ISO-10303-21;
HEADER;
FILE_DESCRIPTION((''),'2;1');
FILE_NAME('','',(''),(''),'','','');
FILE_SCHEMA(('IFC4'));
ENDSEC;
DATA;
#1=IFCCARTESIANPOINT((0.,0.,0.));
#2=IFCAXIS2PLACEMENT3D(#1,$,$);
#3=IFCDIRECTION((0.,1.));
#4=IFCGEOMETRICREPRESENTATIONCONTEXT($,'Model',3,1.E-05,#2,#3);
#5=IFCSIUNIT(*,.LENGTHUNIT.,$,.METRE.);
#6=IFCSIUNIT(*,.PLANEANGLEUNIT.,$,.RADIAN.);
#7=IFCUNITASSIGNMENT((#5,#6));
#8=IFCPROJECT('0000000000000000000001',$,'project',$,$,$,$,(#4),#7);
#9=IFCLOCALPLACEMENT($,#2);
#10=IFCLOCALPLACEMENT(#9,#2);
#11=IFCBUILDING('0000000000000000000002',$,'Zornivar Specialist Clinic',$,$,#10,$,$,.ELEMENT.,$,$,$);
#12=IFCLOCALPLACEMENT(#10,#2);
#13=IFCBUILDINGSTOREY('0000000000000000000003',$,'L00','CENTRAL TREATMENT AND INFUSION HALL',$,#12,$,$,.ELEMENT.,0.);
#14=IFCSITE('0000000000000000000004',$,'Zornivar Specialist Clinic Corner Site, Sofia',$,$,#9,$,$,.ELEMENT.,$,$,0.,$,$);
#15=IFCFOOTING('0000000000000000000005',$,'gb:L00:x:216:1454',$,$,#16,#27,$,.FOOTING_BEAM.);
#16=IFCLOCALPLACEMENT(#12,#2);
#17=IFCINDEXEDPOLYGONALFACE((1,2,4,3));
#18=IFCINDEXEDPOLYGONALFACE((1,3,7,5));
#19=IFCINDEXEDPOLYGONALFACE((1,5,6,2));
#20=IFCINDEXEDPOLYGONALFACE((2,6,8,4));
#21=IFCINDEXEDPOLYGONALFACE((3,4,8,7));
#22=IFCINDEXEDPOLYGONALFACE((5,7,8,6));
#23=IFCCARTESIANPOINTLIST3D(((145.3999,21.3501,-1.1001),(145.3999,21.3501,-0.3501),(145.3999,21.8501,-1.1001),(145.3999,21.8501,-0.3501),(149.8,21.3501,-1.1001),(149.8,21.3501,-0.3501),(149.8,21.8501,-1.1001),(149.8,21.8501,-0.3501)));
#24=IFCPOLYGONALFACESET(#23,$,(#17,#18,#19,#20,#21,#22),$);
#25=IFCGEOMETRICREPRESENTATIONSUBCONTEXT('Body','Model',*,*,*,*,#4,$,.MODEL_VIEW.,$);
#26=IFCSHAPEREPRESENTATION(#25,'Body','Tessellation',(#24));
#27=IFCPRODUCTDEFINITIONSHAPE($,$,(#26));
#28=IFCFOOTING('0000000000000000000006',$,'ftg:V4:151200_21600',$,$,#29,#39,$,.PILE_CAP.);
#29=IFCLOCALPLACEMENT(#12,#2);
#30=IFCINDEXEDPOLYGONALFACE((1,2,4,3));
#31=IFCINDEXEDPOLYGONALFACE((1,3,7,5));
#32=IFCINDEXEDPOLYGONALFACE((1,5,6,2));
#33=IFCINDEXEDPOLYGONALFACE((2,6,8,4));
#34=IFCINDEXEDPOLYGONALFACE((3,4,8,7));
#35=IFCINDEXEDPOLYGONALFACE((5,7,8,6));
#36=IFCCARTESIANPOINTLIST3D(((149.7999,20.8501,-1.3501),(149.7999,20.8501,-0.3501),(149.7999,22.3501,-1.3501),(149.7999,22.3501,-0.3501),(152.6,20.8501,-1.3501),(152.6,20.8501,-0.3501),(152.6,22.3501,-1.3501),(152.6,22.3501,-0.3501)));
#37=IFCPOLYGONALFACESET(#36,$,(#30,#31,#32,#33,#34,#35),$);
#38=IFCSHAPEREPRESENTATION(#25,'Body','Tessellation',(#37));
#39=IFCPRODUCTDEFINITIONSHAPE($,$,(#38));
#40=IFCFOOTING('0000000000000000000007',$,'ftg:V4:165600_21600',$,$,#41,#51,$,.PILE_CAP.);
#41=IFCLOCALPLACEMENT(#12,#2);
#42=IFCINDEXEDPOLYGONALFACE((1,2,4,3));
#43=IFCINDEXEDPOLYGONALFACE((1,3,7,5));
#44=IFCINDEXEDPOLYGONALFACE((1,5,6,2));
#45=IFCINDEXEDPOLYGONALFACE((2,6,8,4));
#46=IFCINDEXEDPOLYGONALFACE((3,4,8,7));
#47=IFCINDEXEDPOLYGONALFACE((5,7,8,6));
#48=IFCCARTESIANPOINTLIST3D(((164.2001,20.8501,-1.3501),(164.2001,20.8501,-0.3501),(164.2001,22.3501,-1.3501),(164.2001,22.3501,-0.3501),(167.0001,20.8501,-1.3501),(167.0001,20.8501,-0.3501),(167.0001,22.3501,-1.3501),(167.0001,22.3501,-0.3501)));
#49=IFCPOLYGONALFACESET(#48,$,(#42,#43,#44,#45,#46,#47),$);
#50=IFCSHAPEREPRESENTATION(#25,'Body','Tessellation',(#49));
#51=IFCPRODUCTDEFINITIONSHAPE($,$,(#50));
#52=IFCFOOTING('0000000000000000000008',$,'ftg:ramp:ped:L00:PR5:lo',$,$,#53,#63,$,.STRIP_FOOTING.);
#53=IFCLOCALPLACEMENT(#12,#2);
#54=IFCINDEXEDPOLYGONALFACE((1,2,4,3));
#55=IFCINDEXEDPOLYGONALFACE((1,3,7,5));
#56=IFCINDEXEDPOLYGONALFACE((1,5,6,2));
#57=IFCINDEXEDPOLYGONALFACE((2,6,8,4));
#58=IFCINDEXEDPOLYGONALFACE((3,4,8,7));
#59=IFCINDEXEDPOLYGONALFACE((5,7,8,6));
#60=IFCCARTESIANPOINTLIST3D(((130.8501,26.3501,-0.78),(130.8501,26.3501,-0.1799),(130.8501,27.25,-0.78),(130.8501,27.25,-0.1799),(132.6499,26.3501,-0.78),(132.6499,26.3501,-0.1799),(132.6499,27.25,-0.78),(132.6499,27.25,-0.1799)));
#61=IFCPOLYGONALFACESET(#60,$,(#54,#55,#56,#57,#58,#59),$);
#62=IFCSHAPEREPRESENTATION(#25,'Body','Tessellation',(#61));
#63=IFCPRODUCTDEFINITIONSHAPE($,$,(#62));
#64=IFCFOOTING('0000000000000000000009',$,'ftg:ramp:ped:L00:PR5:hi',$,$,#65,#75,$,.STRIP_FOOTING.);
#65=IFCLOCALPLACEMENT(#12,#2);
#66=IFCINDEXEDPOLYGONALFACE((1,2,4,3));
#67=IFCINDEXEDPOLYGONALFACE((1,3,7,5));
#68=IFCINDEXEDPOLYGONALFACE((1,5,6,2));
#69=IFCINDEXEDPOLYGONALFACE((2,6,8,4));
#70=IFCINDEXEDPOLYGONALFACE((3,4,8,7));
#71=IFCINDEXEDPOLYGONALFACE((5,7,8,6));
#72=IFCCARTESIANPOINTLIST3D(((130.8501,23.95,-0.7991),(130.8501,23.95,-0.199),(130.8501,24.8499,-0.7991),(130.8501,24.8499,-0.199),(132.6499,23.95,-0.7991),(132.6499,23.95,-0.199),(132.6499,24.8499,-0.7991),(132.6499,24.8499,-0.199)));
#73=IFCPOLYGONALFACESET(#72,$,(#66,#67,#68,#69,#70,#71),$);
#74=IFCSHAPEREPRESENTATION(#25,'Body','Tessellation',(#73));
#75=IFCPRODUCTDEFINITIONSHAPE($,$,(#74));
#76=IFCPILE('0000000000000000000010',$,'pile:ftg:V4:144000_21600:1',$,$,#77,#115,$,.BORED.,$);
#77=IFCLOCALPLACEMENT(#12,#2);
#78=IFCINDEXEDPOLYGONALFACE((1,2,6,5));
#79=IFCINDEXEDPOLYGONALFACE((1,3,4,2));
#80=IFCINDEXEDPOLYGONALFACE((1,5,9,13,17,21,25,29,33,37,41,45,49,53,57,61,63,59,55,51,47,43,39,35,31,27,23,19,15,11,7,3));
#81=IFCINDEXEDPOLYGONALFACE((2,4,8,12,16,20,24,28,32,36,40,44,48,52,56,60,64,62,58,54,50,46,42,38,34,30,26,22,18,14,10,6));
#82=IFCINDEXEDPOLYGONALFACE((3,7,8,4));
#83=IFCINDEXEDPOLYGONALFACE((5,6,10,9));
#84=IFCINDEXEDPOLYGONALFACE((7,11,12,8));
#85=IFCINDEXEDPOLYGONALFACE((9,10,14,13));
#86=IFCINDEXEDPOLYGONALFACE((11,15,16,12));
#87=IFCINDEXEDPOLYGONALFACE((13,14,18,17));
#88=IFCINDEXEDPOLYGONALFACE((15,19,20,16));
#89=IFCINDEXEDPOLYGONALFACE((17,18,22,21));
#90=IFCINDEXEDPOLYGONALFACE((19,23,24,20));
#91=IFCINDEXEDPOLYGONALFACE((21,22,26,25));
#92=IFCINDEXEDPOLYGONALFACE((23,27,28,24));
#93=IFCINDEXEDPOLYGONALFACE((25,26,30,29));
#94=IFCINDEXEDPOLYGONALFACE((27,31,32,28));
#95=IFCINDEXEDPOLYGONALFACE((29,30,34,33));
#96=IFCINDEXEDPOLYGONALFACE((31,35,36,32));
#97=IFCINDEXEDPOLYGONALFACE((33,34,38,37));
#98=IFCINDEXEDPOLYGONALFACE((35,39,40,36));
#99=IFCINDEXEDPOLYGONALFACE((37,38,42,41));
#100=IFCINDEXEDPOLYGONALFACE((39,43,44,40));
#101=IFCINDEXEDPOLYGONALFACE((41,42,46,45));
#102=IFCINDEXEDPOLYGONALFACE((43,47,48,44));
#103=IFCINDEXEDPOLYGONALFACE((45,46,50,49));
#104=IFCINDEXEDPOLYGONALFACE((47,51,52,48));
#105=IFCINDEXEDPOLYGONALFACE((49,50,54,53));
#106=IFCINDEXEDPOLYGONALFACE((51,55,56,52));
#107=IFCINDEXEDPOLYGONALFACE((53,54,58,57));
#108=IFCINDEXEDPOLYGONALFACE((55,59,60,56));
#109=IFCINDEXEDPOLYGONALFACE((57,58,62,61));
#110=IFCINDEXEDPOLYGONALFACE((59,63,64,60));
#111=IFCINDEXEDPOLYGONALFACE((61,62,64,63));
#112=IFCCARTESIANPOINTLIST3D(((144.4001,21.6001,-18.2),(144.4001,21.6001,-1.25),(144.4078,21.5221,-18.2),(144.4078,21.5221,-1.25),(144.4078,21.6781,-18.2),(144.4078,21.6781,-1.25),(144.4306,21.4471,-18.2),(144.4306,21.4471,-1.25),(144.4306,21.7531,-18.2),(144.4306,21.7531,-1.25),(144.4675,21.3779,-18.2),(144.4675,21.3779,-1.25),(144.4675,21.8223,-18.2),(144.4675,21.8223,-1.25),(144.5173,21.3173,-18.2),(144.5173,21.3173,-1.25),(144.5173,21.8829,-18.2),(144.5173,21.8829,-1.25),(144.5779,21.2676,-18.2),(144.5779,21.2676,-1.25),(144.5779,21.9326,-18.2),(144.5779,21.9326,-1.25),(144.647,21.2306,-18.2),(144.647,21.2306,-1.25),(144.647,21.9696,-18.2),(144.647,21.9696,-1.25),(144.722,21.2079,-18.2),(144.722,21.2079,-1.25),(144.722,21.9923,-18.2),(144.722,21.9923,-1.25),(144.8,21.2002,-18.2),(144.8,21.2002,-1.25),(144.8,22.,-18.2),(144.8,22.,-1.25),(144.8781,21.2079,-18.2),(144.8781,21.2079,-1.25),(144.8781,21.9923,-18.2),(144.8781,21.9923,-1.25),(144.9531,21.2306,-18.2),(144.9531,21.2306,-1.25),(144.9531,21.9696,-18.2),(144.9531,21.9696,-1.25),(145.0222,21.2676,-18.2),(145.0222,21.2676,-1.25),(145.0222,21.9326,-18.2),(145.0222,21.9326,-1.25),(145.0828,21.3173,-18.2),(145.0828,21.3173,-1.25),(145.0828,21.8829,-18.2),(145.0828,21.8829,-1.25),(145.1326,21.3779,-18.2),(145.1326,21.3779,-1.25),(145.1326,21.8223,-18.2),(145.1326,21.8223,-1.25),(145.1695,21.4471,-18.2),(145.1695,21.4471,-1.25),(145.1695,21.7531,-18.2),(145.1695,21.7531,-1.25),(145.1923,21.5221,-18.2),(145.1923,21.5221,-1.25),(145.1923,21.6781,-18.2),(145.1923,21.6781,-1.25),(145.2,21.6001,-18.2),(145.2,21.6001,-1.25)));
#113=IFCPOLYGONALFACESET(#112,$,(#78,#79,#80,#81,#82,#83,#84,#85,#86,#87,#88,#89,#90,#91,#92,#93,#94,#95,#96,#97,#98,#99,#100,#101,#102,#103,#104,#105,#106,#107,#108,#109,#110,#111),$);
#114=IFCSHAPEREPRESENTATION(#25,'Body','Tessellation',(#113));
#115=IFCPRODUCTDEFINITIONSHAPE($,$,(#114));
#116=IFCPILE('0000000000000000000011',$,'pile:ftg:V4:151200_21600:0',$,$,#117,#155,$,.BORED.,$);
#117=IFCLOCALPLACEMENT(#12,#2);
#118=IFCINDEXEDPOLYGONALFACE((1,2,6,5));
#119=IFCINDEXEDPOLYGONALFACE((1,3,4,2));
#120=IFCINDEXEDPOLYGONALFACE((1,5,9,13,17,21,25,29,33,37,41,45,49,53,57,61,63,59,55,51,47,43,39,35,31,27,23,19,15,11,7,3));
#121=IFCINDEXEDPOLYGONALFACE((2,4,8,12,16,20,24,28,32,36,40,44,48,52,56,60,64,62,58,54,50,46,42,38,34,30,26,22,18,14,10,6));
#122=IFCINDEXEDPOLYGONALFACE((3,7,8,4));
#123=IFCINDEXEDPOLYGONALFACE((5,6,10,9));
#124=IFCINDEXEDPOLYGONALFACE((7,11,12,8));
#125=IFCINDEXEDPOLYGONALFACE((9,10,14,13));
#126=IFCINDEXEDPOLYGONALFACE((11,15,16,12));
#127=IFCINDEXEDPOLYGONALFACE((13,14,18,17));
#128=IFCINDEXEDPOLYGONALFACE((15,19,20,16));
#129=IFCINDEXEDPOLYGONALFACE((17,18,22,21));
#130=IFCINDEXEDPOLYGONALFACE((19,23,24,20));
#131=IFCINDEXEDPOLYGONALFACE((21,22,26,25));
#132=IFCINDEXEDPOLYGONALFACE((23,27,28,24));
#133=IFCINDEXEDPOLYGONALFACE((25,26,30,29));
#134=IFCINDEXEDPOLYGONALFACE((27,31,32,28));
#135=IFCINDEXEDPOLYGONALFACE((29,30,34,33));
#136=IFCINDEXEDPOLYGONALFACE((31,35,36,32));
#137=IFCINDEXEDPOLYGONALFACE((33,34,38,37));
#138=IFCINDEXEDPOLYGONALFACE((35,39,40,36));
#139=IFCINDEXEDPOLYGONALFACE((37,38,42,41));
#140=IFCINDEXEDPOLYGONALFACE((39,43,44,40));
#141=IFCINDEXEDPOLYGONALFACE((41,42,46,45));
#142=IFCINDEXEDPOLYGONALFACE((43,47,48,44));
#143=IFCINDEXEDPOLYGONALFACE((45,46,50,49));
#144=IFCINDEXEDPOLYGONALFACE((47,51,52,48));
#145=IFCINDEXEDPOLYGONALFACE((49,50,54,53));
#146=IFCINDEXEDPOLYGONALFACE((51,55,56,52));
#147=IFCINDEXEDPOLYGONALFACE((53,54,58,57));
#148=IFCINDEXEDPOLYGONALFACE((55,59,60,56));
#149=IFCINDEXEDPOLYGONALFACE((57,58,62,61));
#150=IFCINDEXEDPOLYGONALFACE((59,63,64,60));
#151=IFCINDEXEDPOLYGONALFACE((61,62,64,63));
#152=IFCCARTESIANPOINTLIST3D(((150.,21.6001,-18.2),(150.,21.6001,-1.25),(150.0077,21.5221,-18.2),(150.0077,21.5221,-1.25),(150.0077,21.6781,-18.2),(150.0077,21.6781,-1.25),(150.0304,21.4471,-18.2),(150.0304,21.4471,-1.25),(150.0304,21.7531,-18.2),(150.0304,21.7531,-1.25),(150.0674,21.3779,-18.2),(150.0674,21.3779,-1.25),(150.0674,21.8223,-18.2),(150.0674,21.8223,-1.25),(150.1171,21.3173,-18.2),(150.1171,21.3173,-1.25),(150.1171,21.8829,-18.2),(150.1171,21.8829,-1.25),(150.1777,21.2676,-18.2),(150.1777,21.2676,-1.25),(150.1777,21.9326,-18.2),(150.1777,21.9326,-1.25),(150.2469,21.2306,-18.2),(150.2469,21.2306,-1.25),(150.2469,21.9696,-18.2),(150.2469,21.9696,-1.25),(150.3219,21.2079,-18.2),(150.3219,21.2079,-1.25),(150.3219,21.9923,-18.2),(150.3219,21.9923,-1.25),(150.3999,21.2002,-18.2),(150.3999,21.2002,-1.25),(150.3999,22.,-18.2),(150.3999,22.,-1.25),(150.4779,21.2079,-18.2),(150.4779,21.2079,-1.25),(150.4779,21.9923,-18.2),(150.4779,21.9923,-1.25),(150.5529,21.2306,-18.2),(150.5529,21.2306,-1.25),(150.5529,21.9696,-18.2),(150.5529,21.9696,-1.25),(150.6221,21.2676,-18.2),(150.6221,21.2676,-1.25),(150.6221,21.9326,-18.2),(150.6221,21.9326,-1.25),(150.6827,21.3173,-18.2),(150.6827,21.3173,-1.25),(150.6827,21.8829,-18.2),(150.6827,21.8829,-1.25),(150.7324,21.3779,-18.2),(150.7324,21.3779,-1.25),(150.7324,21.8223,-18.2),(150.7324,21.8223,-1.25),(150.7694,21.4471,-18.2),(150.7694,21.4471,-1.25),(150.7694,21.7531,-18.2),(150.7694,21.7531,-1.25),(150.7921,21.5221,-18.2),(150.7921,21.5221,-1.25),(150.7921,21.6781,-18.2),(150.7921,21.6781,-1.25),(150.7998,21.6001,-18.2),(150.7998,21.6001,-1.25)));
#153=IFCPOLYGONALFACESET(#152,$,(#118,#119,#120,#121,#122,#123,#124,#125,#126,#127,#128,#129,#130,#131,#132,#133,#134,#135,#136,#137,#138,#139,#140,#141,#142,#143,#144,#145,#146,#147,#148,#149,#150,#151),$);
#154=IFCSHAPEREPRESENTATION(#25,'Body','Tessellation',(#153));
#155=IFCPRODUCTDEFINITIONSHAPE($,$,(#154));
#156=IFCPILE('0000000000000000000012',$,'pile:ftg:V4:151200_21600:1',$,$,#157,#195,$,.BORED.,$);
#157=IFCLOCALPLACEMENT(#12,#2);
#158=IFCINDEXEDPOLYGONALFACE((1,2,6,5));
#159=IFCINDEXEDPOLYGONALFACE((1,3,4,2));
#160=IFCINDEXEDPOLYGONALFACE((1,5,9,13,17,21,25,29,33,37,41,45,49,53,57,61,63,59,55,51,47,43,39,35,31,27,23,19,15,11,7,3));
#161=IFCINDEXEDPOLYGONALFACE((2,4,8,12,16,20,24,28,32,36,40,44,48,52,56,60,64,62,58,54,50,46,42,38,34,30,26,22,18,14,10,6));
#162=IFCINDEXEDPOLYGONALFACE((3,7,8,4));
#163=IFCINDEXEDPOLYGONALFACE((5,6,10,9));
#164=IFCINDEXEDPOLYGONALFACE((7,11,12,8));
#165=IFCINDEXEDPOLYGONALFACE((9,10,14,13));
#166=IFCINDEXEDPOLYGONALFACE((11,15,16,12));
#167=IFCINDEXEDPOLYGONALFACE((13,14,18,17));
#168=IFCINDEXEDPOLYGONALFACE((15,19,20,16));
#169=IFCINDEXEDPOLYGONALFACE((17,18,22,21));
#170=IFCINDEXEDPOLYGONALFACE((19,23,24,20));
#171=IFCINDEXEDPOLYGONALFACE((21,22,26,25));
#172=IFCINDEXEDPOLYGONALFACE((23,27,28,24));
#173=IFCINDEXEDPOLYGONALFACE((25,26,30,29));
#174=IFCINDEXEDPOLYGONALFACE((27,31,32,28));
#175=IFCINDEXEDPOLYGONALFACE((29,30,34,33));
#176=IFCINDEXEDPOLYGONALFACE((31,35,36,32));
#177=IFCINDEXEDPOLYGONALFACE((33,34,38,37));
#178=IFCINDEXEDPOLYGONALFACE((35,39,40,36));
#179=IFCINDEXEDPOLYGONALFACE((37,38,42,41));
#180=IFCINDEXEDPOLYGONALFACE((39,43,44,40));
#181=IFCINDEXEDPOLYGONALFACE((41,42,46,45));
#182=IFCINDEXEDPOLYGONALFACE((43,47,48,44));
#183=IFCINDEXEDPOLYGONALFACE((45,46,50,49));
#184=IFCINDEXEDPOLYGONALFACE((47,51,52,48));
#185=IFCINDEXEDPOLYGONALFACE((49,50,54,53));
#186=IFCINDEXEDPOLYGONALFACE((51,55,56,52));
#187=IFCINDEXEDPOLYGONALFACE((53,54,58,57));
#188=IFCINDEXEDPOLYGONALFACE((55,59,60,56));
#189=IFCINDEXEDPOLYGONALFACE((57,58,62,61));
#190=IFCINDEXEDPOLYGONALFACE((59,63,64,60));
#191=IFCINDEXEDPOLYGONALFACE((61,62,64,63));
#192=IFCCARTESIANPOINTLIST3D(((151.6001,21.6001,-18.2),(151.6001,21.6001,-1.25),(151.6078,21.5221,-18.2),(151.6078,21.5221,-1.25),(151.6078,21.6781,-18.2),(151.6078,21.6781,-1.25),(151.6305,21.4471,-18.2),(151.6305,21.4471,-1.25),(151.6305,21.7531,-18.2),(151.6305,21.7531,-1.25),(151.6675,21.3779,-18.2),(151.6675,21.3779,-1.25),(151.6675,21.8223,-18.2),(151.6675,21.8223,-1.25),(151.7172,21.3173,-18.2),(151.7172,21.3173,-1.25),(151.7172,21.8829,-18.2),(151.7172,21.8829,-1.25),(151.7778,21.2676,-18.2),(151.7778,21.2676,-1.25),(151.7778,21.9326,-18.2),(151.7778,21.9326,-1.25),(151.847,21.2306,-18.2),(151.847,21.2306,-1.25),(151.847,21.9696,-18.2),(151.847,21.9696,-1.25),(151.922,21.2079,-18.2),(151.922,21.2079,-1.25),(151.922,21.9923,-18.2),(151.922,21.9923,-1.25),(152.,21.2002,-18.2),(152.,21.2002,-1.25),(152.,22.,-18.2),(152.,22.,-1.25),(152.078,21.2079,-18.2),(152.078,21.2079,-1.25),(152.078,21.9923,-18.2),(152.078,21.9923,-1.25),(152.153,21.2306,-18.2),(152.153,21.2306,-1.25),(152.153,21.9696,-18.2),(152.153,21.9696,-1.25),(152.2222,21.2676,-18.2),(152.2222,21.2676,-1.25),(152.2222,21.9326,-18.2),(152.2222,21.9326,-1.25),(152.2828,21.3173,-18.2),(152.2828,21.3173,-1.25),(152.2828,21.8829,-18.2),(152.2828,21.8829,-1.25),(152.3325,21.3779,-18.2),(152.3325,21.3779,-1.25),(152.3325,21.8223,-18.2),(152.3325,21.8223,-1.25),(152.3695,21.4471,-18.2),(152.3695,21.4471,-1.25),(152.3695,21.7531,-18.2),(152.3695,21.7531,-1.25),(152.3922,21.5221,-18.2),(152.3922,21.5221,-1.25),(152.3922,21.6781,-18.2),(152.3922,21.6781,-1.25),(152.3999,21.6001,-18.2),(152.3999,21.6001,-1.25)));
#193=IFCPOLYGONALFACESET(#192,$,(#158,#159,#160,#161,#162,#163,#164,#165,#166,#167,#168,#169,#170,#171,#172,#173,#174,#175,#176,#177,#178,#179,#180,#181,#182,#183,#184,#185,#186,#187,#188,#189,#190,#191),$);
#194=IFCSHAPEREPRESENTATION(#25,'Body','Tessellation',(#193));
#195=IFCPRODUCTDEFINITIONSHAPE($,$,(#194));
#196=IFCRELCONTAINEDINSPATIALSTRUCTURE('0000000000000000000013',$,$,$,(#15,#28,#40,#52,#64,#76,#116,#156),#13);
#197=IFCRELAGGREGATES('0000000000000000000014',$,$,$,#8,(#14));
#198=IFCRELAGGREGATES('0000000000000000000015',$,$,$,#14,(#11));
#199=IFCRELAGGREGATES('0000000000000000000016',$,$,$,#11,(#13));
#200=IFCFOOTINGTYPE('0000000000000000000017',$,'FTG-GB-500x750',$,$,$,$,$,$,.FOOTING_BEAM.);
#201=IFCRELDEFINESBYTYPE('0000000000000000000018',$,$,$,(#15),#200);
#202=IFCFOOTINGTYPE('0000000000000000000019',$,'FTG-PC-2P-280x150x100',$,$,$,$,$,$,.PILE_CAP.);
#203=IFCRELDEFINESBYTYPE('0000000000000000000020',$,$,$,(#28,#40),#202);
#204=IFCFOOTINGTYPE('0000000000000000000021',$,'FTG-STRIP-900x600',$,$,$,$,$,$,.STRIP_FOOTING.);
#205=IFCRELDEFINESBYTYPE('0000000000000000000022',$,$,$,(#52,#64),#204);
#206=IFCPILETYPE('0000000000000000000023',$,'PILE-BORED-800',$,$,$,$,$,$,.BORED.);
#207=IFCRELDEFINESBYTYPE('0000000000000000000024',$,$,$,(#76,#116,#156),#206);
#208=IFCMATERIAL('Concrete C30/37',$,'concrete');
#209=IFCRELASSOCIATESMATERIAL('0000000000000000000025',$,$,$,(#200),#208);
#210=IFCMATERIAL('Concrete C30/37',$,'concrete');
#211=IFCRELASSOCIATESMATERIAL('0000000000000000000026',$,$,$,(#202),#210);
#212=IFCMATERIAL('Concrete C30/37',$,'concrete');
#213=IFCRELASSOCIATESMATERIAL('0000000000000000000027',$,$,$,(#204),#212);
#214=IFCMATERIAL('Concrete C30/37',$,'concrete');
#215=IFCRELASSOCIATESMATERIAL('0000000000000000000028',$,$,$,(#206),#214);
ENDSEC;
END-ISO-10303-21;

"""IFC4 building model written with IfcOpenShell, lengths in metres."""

from ifc_helpers import new_model, si_unit, direction, frame, origin, origin_2d, place, context, subcontext, project, spatial, rectangle, circle, extrude, material, material_profile, profile_set, type_object, element, save


model = new_model("IFC4")

# Units and contexts
model_context = context("Model", 3, precision=1e-05, world=origin(), true_north=direction((0.0, 1.0)))
body_context = subcontext(model_context, "Body", "Model", "MODEL_VIEW")
ifc_project = project(units=[si_unit("LENGTHUNIT", "METRE"), si_unit("PLANEANGLEUNIT", "RADIAN")], contexts=[model_context])

# Site, building, storey
site_placement = place(None, origin())
site = spatial("IfcSite", under=ifc_project, at=site_placement, Name="Zornivar Specialist Clinic Corner Site, Sofia", CompositionType="ELEMENT", RefElevation=0.0)
building_placement = place(site_placement, origin())
building = spatial("IfcBuilding", under=site, at=building_placement, Name="Zornivar Specialist Clinic", CompositionType="ELEMENT")
storey_placement = place(building_placement, origin())
storey = spatial("IfcBuildingStorey", under=building, at=storey_placement, Name="L00", Description="CENTRAL TREATMENT AND INFUSION HALL", CompositionType="ELEMENT", Elevation=0.0)

# Footings
ifc_material_1 = material(Name="Concrete C30/37", Category="concrete")
ifc_material_profile_1 = material_profile(ifc_material_1, rectangle(XDim=0.5, YDim=0.75, at=origin_2d()), Name="RC 500x750")
ifc_profile_set_1 = profile_set([ifc_material_profile_1], Name="Concrete C30/37")
footing_type_1 = type_object("IfcFootingType", Name="FTG-GB-500x750", PredefinedType="FOOTING_BEAM", material=ifc_profile_set_1)
footing_placement = place(storey_placement, frame((145.3999, 21.6001, -0.7251), z_axis=(1.0, 0.0, 0.0), x_axis=(0.0, 1.0, 0.0)))
element("IfcFooting", 1, at=footing_placement, inside=storey, type_object=footing_type_1, Name="gb:L00:x:216:1454", PredefinedType="FOOTING_BEAM", context=body_context, shape_type="SweptSolid", body=[
    extrude(rectangle(XDim=0.5, YDim=0.75, at=origin_2d()), origin(), (0.0, 0.0, 1.0), 4.4001),
])
ifc_material_2 = material(Name="Concrete C30/37", Category="concrete")
footing_type_2 = type_object("IfcFootingType", Name="FTG-PC-2P-280x150x100", PredefinedType="PILE_CAP", material=ifc_material_2)
for number, where, z_axis, x_axis, name in (
    (2, (151.2, 21.6001, -1.3501), (0.0, 0.0, 1.0), (1.0, 0.0, 0.0), "ftg:V4:151200_21600"),
    (3, (165.6001, 21.6001, -1.3501), (0.0, 0.0, 1.0), (1.0, 0.0, 0.0), "ftg:V4:165600_21600"),
):
    element("IfcFooting", number, at=place(storey_placement, frame(where, z_axis=z_axis, x_axis=x_axis)), inside=storey, type_object=footing_type_2, Name=name, PredefinedType="PILE_CAP", context=body_context, shape_type="SweptSolid", body=[
        extrude(rectangle(XDim=2.8, YDim=1.5, at=origin_2d()), origin(), (0.0, 0.0, 1.0), 1.0),
    ])
ifc_material_3 = material(Name="Concrete C30/37", Category="concrete")
ifc_material_profile_2 = material_profile(ifc_material_3, rectangle(XDim=0.8999, YDim=0.6001, at=origin_2d()), Name="RC 900x600")
ifc_profile_set_2 = profile_set([ifc_material_profile_2], Name="Concrete C30/37")
footing_type_3 = type_object("IfcFootingType", Name="FTG-STRIP-900x600", PredefinedType="STRIP_FOOTING", material=ifc_profile_set_2)
for number, where, z_axis, x_axis, name in (
    (4, (130.8501, 26.8, -0.48), (1.0, 0.0, 0.0), (0.0, 1.0, 0.0), "ftg:ramp:ped:L00:PR5:lo"),
    (5, (130.8501, 24.3999, -0.499), (1.0, 0.0, 0.0), (0.0, 1.0, 0.0), "ftg:ramp:ped:L00:PR5:hi"),
):
    element("IfcFooting", number, at=place(storey_placement, frame(where, z_axis=z_axis, x_axis=x_axis)), inside=storey, type_object=footing_type_3, Name=name, PredefinedType="STRIP_FOOTING", context=body_context, shape_type="SweptSolid", body=[
        extrude(rectangle(XDim=0.8999, YDim=0.6001, at=origin_2d()), origin(), (0.0, 0.0, 1.0), 1.7998),
    ])

# Piles
ifc_material_4 = material(Name="Concrete C30/37", Category="concrete")
ifc_material_profile_3 = material_profile(ifc_material_4, circle(Radius=0.3999, at=origin_2d()), Name="PILE D800")
ifc_profile_set_3 = profile_set([ifc_material_profile_3], Name="Concrete C30/37")
pile_type_1 = type_object("IfcPileType", Name="PILE-BORED-800", PredefinedType="BORED", material=ifc_profile_set_3)
for number, where, z_axis, x_axis, name in (
    (6, (144.8, 21.6001, -1.25), (0.0, 0.0, -1.0), (1.0, 0.0, 0.0), "pile:ftg:V4:144000_21600:1"),
    (7, (150.3999, 21.6001, -1.25), (0.0, 0.0, -1.0), (1.0, 0.0, 0.0), "pile:ftg:V4:151200_21600:0"),
    (8, (152.0, 21.6001, -1.25), (0.0, 0.0, -1.0), (1.0, 0.0, 0.0), "pile:ftg:V4:151200_21600:1"),
):
    element("IfcPile", number, at=place(storey_placement, frame(where, z_axis=z_axis, x_axis=x_axis)), inside=storey, type_object=pile_type_1, Name=name, PredefinedType="BORED", context=body_context, shape_type="SweptSolid", body=[
        extrude(circle(Radius=0.3999, at=origin_2d()), origin(), (0.0, 0.0, 1.0), 16.95),
    ])

save(model, "model.ifc")
